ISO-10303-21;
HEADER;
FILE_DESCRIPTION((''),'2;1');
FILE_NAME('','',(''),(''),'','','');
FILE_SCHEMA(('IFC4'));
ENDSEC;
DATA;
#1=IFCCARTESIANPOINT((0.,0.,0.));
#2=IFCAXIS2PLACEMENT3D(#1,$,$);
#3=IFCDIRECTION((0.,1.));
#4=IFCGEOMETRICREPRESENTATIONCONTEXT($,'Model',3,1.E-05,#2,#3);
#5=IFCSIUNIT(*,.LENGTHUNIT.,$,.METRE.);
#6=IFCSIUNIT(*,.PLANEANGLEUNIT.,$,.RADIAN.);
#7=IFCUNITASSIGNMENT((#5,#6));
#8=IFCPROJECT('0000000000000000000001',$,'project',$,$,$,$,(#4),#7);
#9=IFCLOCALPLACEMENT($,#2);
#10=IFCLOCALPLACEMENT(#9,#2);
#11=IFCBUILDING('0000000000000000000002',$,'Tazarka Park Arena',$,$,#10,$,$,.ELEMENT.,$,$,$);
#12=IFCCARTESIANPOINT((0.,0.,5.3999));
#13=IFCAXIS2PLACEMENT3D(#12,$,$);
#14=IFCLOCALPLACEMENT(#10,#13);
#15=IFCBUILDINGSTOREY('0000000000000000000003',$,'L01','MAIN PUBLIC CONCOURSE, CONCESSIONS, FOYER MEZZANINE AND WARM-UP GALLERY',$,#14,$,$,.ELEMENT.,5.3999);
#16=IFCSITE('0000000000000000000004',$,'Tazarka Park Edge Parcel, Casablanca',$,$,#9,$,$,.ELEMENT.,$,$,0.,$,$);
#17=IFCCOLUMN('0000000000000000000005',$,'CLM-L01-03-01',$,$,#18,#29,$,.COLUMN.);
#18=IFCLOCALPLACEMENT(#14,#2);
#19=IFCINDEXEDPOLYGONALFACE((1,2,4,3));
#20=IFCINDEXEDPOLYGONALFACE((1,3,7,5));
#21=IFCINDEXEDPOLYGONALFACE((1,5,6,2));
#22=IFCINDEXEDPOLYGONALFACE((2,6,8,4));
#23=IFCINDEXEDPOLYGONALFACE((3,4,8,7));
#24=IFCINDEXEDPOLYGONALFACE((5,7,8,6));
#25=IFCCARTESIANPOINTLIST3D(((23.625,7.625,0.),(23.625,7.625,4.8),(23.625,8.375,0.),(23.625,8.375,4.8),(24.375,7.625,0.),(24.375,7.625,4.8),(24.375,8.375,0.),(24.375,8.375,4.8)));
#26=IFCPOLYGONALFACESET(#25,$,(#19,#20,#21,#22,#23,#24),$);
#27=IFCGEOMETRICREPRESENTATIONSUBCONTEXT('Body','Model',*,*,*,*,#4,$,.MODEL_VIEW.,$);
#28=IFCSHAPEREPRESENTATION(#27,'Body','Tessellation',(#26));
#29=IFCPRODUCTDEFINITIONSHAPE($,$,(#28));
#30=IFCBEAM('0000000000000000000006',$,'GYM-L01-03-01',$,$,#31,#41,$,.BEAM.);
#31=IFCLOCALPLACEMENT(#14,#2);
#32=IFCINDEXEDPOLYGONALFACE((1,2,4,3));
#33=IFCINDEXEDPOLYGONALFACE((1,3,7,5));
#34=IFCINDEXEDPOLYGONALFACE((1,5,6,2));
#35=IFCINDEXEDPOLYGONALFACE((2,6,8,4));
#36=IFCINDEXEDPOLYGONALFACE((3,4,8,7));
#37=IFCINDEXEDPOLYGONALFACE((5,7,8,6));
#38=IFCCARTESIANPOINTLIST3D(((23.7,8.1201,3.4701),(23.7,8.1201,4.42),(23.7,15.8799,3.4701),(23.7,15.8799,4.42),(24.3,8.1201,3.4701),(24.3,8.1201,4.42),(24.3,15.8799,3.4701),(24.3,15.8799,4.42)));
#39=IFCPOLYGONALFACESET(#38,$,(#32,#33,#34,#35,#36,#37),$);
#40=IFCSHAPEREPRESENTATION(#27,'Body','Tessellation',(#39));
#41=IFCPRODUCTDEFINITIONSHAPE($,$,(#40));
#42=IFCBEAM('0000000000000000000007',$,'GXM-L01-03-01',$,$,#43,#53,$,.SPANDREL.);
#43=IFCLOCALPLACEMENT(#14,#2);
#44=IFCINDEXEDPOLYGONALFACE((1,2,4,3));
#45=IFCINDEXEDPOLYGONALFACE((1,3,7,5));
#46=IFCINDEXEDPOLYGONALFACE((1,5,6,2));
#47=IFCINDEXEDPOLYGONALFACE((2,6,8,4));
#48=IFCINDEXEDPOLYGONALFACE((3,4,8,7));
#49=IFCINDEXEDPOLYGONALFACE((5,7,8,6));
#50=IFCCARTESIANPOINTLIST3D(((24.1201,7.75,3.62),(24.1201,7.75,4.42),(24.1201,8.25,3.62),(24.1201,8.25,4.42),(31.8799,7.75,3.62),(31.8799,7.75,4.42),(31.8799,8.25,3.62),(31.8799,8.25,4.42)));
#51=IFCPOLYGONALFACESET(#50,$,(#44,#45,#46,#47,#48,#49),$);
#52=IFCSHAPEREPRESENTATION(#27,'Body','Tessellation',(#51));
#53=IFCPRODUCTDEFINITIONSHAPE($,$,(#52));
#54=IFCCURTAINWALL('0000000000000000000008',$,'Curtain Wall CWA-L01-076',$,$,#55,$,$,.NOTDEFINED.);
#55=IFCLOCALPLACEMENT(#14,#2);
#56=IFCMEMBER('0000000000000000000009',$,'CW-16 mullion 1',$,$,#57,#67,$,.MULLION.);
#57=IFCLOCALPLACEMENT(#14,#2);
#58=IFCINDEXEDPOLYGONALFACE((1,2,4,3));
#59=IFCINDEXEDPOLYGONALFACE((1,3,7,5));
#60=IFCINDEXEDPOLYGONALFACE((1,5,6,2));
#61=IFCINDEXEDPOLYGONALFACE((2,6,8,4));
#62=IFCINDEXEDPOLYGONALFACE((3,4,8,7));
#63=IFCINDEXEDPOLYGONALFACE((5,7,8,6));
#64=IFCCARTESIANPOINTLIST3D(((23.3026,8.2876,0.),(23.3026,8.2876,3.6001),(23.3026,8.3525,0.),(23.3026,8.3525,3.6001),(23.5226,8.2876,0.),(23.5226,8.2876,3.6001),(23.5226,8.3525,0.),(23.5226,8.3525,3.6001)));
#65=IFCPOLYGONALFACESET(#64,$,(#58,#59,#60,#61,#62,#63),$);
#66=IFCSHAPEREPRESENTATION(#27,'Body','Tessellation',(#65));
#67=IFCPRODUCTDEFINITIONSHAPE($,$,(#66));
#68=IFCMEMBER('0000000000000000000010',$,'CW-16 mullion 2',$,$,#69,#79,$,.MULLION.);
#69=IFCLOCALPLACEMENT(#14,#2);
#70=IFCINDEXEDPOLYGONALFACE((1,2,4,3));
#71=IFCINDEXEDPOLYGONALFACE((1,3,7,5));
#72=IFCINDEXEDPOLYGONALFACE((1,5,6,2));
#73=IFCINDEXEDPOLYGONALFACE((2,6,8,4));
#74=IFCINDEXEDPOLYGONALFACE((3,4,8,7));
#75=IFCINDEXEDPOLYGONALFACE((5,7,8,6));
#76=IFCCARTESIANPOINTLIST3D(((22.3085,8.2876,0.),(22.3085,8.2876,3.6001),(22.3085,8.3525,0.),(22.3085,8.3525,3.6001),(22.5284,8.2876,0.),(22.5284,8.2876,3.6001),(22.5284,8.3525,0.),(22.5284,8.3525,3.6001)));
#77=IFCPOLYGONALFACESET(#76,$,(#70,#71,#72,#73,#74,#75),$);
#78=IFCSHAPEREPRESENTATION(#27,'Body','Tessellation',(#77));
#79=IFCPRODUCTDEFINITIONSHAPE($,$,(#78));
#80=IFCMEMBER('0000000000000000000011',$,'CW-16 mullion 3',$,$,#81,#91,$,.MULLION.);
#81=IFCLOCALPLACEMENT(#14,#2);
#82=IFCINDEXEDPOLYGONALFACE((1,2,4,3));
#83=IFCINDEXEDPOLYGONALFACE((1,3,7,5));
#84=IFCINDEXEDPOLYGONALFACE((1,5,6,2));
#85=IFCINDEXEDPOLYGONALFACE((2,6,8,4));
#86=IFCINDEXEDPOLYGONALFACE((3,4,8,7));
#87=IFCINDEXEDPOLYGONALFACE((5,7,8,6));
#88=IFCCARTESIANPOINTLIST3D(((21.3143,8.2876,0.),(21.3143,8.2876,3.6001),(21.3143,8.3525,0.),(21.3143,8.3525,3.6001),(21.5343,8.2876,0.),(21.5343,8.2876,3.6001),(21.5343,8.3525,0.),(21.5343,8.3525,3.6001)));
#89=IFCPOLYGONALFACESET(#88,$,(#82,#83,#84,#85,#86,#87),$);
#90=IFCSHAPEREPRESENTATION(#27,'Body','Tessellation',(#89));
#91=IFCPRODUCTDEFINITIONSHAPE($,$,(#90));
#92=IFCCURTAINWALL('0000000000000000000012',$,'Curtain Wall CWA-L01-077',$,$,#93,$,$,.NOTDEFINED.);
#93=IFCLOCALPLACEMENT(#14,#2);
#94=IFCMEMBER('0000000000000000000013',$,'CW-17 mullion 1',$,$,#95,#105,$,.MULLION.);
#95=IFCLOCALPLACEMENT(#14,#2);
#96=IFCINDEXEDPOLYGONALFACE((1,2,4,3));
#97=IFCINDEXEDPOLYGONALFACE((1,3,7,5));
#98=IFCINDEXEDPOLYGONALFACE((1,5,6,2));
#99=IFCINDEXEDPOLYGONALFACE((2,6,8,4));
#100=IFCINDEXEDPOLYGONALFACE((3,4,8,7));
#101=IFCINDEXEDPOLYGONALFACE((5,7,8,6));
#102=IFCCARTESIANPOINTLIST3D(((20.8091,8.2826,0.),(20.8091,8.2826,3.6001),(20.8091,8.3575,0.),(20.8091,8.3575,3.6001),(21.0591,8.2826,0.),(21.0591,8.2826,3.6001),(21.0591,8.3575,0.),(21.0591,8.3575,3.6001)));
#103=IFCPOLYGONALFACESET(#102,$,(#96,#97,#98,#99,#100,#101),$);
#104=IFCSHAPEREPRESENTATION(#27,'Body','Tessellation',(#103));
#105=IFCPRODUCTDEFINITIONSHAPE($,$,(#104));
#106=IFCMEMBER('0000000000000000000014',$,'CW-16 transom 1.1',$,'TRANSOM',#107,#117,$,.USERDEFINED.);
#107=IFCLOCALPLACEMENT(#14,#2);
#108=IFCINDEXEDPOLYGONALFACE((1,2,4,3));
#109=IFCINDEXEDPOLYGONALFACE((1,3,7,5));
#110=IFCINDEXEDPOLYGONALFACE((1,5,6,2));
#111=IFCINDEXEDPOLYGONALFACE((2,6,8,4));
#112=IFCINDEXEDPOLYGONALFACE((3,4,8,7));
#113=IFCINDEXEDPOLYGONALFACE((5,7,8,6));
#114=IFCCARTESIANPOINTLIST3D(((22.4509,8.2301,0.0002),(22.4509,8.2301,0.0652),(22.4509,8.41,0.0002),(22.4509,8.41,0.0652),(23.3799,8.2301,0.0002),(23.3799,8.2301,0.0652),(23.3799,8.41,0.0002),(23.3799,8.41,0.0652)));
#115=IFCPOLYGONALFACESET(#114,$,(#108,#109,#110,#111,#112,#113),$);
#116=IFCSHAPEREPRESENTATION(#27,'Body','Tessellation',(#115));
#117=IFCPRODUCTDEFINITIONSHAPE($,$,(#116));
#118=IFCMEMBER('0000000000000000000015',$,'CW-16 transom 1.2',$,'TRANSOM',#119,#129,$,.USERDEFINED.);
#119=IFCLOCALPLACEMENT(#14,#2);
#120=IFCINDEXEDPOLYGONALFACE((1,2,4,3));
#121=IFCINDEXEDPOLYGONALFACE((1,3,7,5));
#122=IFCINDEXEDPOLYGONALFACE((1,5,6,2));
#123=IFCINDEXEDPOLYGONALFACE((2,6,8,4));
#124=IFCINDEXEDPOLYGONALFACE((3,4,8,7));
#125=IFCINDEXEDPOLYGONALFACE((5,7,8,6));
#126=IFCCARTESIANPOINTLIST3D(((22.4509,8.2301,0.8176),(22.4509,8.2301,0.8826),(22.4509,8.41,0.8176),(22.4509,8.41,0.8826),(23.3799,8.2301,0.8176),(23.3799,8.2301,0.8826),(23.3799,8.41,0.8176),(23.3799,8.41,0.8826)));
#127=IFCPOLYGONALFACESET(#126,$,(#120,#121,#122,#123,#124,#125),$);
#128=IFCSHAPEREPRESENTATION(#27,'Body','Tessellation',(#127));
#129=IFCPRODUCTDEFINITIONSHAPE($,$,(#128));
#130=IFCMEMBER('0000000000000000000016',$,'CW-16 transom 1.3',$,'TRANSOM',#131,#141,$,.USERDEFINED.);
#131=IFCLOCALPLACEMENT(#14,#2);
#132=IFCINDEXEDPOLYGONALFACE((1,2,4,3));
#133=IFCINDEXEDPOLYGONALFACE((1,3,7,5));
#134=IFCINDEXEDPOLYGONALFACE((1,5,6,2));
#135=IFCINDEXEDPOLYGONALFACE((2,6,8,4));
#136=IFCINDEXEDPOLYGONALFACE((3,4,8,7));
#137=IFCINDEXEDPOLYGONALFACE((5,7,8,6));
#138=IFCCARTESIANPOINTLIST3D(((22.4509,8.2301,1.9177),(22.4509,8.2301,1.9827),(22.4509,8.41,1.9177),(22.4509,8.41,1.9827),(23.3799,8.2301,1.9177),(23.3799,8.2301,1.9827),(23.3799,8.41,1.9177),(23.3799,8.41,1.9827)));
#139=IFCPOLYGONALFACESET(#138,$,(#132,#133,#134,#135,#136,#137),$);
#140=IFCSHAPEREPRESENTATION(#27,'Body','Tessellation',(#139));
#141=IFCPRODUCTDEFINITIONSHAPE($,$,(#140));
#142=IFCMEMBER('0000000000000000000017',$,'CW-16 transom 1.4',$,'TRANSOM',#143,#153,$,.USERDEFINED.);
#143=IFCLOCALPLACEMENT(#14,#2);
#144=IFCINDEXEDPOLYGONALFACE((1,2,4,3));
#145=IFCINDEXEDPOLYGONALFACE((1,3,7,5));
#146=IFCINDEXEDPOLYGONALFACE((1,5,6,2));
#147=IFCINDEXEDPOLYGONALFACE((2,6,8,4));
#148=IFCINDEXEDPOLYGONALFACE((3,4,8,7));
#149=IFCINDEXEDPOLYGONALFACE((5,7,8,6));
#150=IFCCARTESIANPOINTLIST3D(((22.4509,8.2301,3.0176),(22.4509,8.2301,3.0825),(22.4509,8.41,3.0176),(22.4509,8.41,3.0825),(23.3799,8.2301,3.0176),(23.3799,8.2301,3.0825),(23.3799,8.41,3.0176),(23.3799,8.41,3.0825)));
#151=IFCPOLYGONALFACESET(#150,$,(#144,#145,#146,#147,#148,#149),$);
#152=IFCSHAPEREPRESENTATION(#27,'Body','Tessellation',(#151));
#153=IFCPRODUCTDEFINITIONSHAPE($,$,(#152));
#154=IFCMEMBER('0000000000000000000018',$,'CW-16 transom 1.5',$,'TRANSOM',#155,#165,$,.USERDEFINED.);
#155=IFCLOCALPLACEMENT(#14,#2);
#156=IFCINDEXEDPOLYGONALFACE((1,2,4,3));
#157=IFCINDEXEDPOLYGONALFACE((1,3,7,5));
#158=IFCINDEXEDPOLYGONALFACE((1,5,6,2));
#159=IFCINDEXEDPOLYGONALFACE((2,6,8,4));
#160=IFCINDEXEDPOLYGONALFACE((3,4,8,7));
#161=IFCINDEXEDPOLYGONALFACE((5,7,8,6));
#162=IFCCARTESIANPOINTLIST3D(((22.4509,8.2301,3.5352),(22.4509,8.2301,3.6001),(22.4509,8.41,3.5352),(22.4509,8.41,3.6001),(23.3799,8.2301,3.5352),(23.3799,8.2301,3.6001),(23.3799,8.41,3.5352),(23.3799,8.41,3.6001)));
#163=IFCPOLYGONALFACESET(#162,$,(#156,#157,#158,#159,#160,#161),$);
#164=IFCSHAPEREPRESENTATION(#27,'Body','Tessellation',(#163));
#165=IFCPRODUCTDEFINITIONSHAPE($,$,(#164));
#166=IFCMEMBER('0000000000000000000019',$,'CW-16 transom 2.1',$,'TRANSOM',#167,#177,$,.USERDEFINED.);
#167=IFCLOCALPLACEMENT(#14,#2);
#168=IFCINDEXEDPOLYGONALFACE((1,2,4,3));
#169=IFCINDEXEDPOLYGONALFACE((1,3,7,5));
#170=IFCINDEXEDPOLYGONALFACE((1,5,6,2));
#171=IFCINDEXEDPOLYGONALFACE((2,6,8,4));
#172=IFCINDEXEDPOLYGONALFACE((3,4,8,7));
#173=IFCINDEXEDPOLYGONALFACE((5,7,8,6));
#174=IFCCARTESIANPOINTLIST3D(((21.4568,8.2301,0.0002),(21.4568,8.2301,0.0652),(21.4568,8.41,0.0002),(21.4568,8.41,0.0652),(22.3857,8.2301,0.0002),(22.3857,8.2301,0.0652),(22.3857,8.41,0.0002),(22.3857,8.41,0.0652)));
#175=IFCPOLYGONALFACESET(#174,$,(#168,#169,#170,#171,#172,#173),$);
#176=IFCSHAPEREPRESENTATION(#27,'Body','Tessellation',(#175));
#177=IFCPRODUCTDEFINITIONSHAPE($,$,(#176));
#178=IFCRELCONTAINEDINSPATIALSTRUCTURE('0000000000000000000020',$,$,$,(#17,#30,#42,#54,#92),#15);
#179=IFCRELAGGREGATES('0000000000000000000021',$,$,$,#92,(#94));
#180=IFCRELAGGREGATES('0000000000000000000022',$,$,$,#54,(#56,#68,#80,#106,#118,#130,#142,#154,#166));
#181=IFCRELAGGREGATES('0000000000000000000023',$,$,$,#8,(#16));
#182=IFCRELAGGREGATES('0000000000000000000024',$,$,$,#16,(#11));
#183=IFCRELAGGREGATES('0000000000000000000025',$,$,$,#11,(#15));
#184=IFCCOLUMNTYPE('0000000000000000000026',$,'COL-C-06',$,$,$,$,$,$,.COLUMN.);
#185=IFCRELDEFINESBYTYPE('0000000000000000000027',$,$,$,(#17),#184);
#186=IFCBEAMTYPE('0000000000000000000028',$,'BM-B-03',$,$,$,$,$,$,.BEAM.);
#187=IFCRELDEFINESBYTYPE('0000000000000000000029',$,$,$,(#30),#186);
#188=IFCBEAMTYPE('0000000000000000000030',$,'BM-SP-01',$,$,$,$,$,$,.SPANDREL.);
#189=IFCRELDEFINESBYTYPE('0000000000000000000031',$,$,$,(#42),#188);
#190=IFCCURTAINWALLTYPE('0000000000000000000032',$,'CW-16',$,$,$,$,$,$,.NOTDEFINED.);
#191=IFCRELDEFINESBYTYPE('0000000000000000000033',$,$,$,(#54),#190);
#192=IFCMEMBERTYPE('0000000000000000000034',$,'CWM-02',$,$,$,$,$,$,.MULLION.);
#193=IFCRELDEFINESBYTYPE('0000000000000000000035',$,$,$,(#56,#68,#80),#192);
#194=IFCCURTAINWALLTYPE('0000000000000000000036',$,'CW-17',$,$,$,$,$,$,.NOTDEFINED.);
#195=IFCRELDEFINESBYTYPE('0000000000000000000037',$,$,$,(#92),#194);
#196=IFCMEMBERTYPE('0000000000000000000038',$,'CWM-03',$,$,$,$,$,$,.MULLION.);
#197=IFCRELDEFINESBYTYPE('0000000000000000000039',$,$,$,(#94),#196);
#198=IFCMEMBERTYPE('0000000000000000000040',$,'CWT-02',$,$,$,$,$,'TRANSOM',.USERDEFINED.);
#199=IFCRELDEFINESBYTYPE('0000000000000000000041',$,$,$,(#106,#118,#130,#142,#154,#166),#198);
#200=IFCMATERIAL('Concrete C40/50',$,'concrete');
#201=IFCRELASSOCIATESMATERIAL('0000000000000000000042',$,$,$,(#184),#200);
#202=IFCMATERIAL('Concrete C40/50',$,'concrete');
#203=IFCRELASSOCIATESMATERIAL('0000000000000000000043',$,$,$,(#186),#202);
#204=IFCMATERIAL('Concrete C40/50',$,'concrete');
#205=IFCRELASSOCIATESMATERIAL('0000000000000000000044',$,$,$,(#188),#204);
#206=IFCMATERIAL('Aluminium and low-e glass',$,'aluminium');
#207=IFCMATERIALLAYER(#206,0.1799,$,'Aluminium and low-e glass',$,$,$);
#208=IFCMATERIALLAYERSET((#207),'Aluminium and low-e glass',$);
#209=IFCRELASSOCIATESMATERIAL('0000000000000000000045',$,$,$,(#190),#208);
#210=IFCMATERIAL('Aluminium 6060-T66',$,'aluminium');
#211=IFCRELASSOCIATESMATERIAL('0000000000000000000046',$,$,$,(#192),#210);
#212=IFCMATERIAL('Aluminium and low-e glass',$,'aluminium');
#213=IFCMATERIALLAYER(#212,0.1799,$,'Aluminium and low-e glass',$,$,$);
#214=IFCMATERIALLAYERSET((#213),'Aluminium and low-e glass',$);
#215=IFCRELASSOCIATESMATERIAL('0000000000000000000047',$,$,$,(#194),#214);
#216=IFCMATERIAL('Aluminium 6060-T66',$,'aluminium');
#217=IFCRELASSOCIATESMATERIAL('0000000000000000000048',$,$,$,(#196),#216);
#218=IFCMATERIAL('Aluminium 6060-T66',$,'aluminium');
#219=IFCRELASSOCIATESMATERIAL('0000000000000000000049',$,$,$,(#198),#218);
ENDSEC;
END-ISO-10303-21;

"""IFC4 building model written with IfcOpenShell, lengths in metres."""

from ifc_helpers import new_model, si_unit, direction, frame, origin, origin_2d, place, context, subcontext, project, spatial, rectangle, extrude, material, layer, layer_set, material_profile, profile_set, type_object, element, aggregate, save


model = new_model("IFC4")

# Units and contexts
model_context = context("Model", 3, precision=1e-05, world=origin(), true_north=direction((0.0, 1.0)))
body_context = subcontext(model_context, "Body", "Model", "MODEL_VIEW")
ifc_project = project(units=[si_unit("LENGTHUNIT", "METRE"), si_unit("PLANEANGLEUNIT", "RADIAN")], contexts=[model_context])

# Site, building, storey
site_placement = place(None, origin())
site = spatial("IfcSite", under=ifc_project, at=site_placement, Name="Tazarka Park Edge Parcel, Casablanca", CompositionType="ELEMENT", RefElevation=0.0)
building_placement = place(site_placement, origin())
building = spatial("IfcBuilding", under=site, at=building_placement, Name="Tazarka Park Arena", CompositionType="ELEMENT")
storey_placement = place(building_placement, frame((0.0, 0.0, 5.3999)))
storey = spatial("IfcBuildingStorey", under=building, at=storey_placement, Name="L01", Description="MAIN PUBLIC CONCOURSE, CONCESSIONS, FOYER MEZZANINE AND WARM-UP GALLERY", CompositionType="ELEMENT", Elevation=5.3999)

# Column
ifc_material_1 = material(Name="Concrete C40/50", Category="concrete")
ifc_material_profile_1 = material_profile(ifc_material_1, rectangle(XDim=0.75, YDim=0.75, at=origin_2d()), Name="Concrete C40/50")
ifc_profile_set_1 = profile_set([ifc_material_profile_1], Name="Concrete C40/50")
column_type = type_object("IfcColumnType", Name="COL-C-06", PredefinedType="COLUMN", material=ifc_profile_set_1)
column_placement = place(storey_placement, frame((24.0, 8.0, 0.0), z_axis=(0.0, 0.0, 1.0), x_axis=(1.0, 0.0, 0.0)))
element("IfcColumn", 1, at=column_placement, inside=storey, type_object=column_type, Name="CLM-L01-03-01", PredefinedType="COLUMN", context=body_context, shape_type="SweptSolid", body=[
    extrude(rectangle(XDim=0.75, YDim=0.75, at=origin_2d()), origin(), (0.0, 0.0, 1.0), 4.8),
])

# Beams
ifc_material_2 = material(Name="Concrete C40/50", Category="concrete")
ifc_material_profile_2 = material_profile(ifc_material_2, rectangle(XDim=0.6001, YDim=0.95, at=origin_2d()), Name="Concrete C40/50")
ifc_profile_set_2 = profile_set([ifc_material_profile_2], Name="Concrete C40/50")
beam_type_1 = type_object("IfcBeamType", Name="BM-B-03", PredefinedType="BEAM", material=ifc_profile_set_2)
beam_1_placement = place(storey_placement, frame((24.0, 8.1201, 3.9451), z_axis=(0.0, 1.0, 0.0), x_axis=(-1.0, 0.0, 0.0)))
element("IfcBeam", 2, at=beam_1_placement, inside=storey, type_object=beam_type_1, Name="GYM-L01-03-01", PredefinedType="BEAM", context=body_context, shape_type="SweptSolid", body=[
    extrude(rectangle(XDim=0.6001, YDim=0.95, at=origin_2d()), origin(), (0.0, 0.0, 1.0), 7.7598),
])
ifc_material_3 = material(Name="Concrete C40/50", Category="concrete")
ifc_material_profile_3 = material_profile(ifc_material_3, rectangle(XDim=0.5, YDim=0.8, at=origin_2d()), Name="Concrete C40/50")
ifc_profile_set_3 = profile_set([ifc_material_profile_3], Name="Concrete C40/50")
beam_type_2 = type_object("IfcBeamType", Name="BM-SP-01", PredefinedType="SPANDREL", material=ifc_profile_set_3)
beam_2_placement = place(storey_placement, frame((24.1201, 8.0, 4.02), z_axis=(1.0, 0.0, 0.0), x_axis=(0.0, 1.0, 0.0)))
element("IfcBeam", 3, at=beam_2_placement, inside=storey, type_object=beam_type_2, Name="GXM-L01-03-01", PredefinedType="SPANDREL", context=body_context, shape_type="SweptSolid", body=[
    extrude(rectangle(XDim=0.5, YDim=0.8, at=origin_2d()), origin(), (0.0, 0.0, 1.0), 7.7598),
])

# Curtain wall, members
ifc_material_4 = material(Name="Aluminium and low-e glass", Category="aluminium")
ifc_layer_1 = layer(ifc_material_4, 0.1799, Name="Aluminium and low-e glass")
ifc_layer_set_1 = layer_set([ifc_layer_1], Name="Aluminium and low-e glass")
curtain_wall_type_1 = type_object("IfcCurtainWallType", Name="CW-16", PredefinedType="NOTDEFINED", material=ifc_layer_set_1)
curtain_wall_1_placement = place(storey_placement, origin())
curtain_wall_1 = element("IfcCurtainWall", 4, at=curtain_wall_1_placement, inside=storey, type_object=curtain_wall_type_1, Name="Curtain Wall CWA-L01-076", PredefinedType="NOTDEFINED")
ifc_material_5 = material(Name="Aluminium 6060-T66", Category="aluminium")
ifc_material_profile_4 = material_profile(ifc_material_5, rectangle(XDim=0.0649, YDim=0.22, at=origin_2d()), Name="Aluminium 6060-T66")
ifc_profile_set_4 = profile_set([ifc_material_profile_4], Name="Aluminium 6060-T66")
member_type_1 = type_object("IfcMemberType", Name="CWM-02", PredefinedType="MULLION", material=ifc_profile_set_4)
member_1_placement = place(storey_placement, frame((23.4126, 8.3201, 0.0), z_axis=(0.0, 0.0, 1.0), x_axis=(0.0, -1.0, 0.0)))
member_1 = element("IfcMember", 5, at=member_1_placement, type_object=member_type_1, Name="CW-16 mullion 1", PredefinedType="MULLION", context=body_context, shape_type="SweptSolid", body=[
    extrude(rectangle(XDim=0.0649, YDim=0.22, at=origin_2d()), origin(), (0.0, 0.0, 1.0), 3.6001),
])
member_2_placement = place(storey_placement, frame((22.4185, 8.3201, 0.0), z_axis=(0.0, 0.0, 1.0), x_axis=(0.0, -1.0, 0.0)))
member_2 = element("IfcMember", 6, at=member_2_placement, type_object=member_type_1, Name="CW-16 mullion 2", PredefinedType="MULLION", context=body_context, shape_type="SweptSolid", body=[
    extrude(rectangle(XDim=0.0649, YDim=0.22, at=origin_2d()), origin(), (0.0, 0.0, 1.0), 3.6001),
])
member_3_placement = place(storey_placement, frame((21.4243, 8.3201, 0.0), z_axis=(0.0, 0.0, 1.0), x_axis=(0.0, -1.0, 0.0)))
member_3 = element("IfcMember", 7, at=member_3_placement, type_object=member_type_1, Name="CW-16 mullion 3", PredefinedType="MULLION", context=body_context, shape_type="SweptSolid", body=[
    extrude(rectangle(XDim=0.0649, YDim=0.22, at=origin_2d()), origin(), (0.0, 0.0, 1.0), 3.6001),
])

# Curtain wall, member
ifc_material_6 = material(Name="Aluminium and low-e glass", Category="aluminium")
ifc_layer_2 = layer(ifc_material_6, 0.1799, Name="Aluminium and low-e glass")
ifc_layer_set_2 = layer_set([ifc_layer_2], Name="Aluminium and low-e glass")
curtain_wall_type_2 = type_object("IfcCurtainWallType", Name="CW-17", PredefinedType="NOTDEFINED", material=ifc_layer_set_2)
curtain_wall_2_placement = place(storey_placement, origin())
curtain_wall_2 = element("IfcCurtainWall", 8, at=curtain_wall_2_placement, inside=storey, type_object=curtain_wall_type_2, Name="Curtain Wall CWA-L01-077", PredefinedType="NOTDEFINED")
ifc_material_7 = material(Name="Aluminium 6060-T66", Category="aluminium")
ifc_material_profile_5 = material_profile(ifc_material_7, rectangle(XDim=0.075, YDim=0.25, at=origin_2d()), Name="Aluminium 6060-T66")
ifc_profile_set_5 = profile_set([ifc_material_profile_5], Name="Aluminium 6060-T66")
member_type_2 = type_object("IfcMemberType", Name="CWM-03", PredefinedType="MULLION", material=ifc_profile_set_5)
member_4_placement = place(storey_placement, frame((20.9341, 8.3201, 0.0), z_axis=(0.0, 0.0, 1.0), x_axis=(0.0, -1.0, 0.0)))
member_4 = element("IfcMember", 9, at=member_4_placement, type_object=member_type_2, Name="CW-17 mullion 1", PredefinedType="MULLION", context=body_context, shape_type="SweptSolid", body=[
    extrude(rectangle(XDim=0.075, YDim=0.25, at=origin_2d()), origin(), (0.0, 0.0, 1.0), 3.6001),
])
aggregate(curtain_wall_2, [member_4])

# Members
ifc_material_8 = material(Name="Aluminium 6060-T66", Category="aluminium")
ifc_material_profile_6 = material_profile(ifc_material_8, rectangle(XDim=0.1799, YDim=0.0649, at=origin_2d()), Name="Aluminium 6060-T66")
ifc_profile_set_6 = profile_set([ifc_material_profile_6], Name="Aluminium 6060-T66")
member_type_3 = type_object("IfcMemberType", Name="CWT-02", ElementType="TRANSOM", PredefinedType="USERDEFINED", material=ifc_profile_set_6)
member_5_placement = place(storey_placement, frame((23.3799, 8.3201, 0.0327), z_axis=(-1.0, 0.0, 0.0), x_axis=(0.0, -1.0, 0.0)))
member_5 = element("IfcMember", 10, at=member_5_placement, type_object=member_type_3, Name="CW-16 transom 1.1", ObjectType="TRANSOM", PredefinedType="USERDEFINED", context=body_context, shape_type="SweptSolid", body=[
    extrude(rectangle(XDim=0.1799, YDim=0.0649, at=origin_2d()), origin(), (0.0, 0.0, 1.0), 0.929),
])
member_6_placement = place(storey_placement, frame((23.3799, 8.3201, 0.8501), z_axis=(-1.0, 0.0, 0.0), x_axis=(0.0, -1.0, 0.0)))
member_6 = element("IfcMember", 11, at=member_6_placement, type_object=member_type_3, Name="CW-16 transom 1.2", ObjectType="TRANSOM", PredefinedType="USERDEFINED", context=body_context, shape_type="SweptSolid", body=[
    extrude(rectangle(XDim=0.1799, YDim=0.0649, at=origin_2d()), origin(), (0.0, 0.0, 1.0), 0.929),
])
member_7_placement = place(storey_placement, frame((23.3799, 8.3201, 1.9502), z_axis=(-1.0, 0.0, 0.0), x_axis=(0.0, -1.0, 0.0)))
member_7 = element("IfcMember", 12, at=member_7_placement, type_object=member_type_3, Name="CW-16 transom 1.3", ObjectType="TRANSOM", PredefinedType="USERDEFINED", context=body_context, shape_type="SweptSolid", body=[
    extrude(rectangle(XDim=0.1799, YDim=0.0649, at=origin_2d()), origin(), (0.0, 0.0, 1.0), 0.929),
])
member_8_placement = place(storey_placement, frame((23.3799, 8.3201, 3.05), z_axis=(-1.0, 0.0, 0.0), x_axis=(0.0, -1.0, 0.0)))
member_8 = element("IfcMember", 13, at=member_8_placement, type_object=member_type_3, Name="CW-16 transom 1.4", ObjectType="TRANSOM", PredefinedType="USERDEFINED", context=body_context, shape_type="SweptSolid", body=[
    extrude(rectangle(XDim=0.1799, YDim=0.0649, at=origin_2d()), origin(), (0.0, 0.0, 1.0), 0.929),
])
member_9_placement = place(storey_placement, frame((23.3799, 8.3201, 3.5676), z_axis=(-1.0, 0.0, 0.0), x_axis=(0.0, -1.0, 0.0)))
member_9 = element("IfcMember", 14, at=member_9_placement, type_object=member_type_3, Name="CW-16 transom 1.5", ObjectType="TRANSOM", PredefinedType="USERDEFINED", context=body_context, shape_type="SweptSolid", body=[
    extrude(rectangle(XDim=0.1799, YDim=0.0649, at=origin_2d()), origin(), (0.0, 0.0, 1.0), 0.929),
])
member_10_placement = place(storey_placement, frame((22.3857, 8.3201, 0.0327), z_axis=(-1.0, 0.0, 0.0), x_axis=(0.0, -1.0, 0.0)))
member_10 = element("IfcMember", 15, at=member_10_placement, type_object=member_type_3, Name="CW-16 transom 2.1", ObjectType="TRANSOM", PredefinedType="USERDEFINED", context=body_context, shape_type="SweptSolid", body=[
    extrude(rectangle(XDim=0.1799, YDim=0.0649, at=origin_2d()), origin(), (0.0, 0.0, 1.0), 0.929),
])

aggregate(curtain_wall_1, [member_1, member_2, member_3, member_5, member_6, member_7, member_8, member_9, member_10])

save(model, "model.ifc")
